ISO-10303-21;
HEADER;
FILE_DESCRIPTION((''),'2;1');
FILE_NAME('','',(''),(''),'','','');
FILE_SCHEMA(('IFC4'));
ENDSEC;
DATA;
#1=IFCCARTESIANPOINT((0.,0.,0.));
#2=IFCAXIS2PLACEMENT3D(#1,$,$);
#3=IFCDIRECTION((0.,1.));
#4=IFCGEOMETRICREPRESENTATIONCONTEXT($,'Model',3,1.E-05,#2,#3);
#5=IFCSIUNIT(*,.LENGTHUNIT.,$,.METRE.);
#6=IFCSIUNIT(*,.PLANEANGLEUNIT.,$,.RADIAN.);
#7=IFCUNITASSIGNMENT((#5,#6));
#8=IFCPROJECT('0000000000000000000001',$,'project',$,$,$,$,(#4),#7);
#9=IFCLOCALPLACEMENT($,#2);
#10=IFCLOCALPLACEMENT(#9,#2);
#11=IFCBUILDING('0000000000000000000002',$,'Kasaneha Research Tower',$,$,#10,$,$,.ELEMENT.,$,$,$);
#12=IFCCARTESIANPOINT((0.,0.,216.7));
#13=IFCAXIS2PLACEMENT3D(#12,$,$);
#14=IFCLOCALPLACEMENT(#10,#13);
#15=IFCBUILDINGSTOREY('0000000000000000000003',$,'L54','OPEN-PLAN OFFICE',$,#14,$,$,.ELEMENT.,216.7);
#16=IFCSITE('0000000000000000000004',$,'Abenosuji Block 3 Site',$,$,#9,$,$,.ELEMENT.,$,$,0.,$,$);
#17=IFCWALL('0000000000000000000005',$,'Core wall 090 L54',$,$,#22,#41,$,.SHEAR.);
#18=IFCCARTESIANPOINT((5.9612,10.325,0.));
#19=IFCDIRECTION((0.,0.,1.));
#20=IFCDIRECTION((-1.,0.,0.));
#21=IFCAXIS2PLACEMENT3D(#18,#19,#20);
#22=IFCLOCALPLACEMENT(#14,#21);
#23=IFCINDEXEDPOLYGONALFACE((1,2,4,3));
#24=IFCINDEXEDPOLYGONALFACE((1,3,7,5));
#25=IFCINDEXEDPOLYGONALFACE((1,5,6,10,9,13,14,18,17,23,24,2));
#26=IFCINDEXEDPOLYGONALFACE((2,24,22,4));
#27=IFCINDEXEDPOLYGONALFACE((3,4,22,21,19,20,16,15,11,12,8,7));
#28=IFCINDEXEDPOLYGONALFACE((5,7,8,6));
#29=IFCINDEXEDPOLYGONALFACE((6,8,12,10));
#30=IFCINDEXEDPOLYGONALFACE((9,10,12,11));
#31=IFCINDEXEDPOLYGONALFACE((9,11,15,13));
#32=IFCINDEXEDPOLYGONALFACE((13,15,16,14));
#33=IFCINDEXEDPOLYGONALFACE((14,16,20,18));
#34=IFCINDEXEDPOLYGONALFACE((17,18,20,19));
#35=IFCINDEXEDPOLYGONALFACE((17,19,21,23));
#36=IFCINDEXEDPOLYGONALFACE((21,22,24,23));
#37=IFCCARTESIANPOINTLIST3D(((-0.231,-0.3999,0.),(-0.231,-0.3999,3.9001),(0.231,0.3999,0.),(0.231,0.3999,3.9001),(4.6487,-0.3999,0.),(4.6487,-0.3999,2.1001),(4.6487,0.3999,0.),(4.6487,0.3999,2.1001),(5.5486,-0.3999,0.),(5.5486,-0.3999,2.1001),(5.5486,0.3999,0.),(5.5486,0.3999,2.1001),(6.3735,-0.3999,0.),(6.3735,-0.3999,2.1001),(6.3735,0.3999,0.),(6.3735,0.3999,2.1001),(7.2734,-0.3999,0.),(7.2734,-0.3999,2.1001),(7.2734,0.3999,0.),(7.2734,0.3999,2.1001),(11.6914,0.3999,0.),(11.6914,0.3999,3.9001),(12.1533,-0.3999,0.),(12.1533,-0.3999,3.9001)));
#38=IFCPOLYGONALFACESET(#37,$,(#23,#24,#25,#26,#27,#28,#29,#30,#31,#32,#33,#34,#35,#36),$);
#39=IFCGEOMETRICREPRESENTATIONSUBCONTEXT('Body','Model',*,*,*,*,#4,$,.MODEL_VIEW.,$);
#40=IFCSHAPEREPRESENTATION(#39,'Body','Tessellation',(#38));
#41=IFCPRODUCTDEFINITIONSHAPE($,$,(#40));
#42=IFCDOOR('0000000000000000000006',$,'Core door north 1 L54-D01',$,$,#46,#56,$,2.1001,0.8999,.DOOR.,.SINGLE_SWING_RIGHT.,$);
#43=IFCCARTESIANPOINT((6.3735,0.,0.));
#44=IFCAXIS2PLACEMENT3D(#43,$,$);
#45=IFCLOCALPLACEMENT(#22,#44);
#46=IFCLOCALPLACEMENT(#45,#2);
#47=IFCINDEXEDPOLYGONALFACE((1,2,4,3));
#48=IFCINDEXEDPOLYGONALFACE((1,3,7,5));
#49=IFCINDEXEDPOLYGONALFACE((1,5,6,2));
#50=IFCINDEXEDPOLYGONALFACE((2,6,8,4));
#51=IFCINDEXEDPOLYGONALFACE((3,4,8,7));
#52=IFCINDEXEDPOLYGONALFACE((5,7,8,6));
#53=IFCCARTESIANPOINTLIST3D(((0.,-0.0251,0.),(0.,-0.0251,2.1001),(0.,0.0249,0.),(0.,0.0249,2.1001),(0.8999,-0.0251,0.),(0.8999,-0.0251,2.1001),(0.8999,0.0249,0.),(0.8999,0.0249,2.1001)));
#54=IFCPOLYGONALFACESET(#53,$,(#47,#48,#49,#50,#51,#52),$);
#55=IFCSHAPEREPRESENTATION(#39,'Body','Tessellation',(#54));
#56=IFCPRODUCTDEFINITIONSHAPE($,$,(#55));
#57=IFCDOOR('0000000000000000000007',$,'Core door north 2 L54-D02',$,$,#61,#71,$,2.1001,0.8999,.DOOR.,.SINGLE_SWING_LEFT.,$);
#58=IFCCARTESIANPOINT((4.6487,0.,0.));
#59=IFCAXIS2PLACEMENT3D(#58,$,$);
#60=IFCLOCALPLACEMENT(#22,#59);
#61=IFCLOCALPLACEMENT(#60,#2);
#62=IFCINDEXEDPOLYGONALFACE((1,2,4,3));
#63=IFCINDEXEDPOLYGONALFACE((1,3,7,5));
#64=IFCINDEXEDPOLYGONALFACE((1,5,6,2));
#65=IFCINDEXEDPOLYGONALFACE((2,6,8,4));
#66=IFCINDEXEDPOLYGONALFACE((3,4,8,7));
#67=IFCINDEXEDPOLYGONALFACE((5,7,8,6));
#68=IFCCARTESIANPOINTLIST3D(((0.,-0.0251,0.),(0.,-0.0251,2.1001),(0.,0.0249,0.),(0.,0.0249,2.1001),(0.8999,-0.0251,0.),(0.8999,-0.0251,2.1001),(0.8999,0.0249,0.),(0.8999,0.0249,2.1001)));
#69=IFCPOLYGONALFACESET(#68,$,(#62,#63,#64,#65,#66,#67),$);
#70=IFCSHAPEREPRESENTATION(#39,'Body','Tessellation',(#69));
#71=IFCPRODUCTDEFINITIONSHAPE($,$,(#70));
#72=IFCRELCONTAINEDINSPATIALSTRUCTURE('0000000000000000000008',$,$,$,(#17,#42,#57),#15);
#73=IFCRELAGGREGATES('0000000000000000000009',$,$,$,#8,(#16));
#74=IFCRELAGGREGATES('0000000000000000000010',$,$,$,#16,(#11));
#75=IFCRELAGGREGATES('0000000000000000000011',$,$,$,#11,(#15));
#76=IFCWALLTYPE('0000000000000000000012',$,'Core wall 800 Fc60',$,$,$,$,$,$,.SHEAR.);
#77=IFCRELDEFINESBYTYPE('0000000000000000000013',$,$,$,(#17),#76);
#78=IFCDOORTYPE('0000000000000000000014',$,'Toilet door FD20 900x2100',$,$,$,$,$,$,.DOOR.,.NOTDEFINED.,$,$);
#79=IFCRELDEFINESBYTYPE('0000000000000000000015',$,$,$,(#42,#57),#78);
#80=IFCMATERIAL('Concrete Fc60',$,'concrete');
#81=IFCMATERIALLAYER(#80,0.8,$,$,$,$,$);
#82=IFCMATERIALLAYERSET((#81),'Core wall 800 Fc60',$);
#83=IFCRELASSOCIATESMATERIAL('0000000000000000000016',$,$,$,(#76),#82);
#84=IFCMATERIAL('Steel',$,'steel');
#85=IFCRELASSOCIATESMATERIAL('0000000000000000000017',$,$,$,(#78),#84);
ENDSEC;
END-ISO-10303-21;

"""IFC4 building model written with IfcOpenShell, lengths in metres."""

from ifc_helpers import new_model, si_unit, direction, frame, frame_2d, origin, place, context, subcontext, project, spatial, polyline, rectangle, outline, extrude, material, layer, layer_set, type_object, element, fill, save


model = new_model("IFC4")

# Units and contexts
model_context = context("Model", 3, precision=1e-05, world=origin(), true_north=direction((0.0, 1.0)))
body_context = subcontext(model_context, "Body", "Model", "MODEL_VIEW")
ifc_project = project(units=[si_unit("LENGTHUNIT", "METRE"), si_unit("PLANEANGLEUNIT", "RADIAN")], contexts=[model_context])

# Site, building, storey
site_placement = place(None, origin())
site = spatial("IfcSite", under=ifc_project, at=site_placement, Name="Abenosuji Block 3 Site", CompositionType="ELEMENT", RefElevation=0.0)
building_placement = place(site_placement, origin())
building = spatial("IfcBuilding", under=site, at=building_placement, Name="Kasaneha Research Tower", CompositionType="ELEMENT")
storey_placement = place(building_placement, frame((0.0, 0.0, 216.7)))
storey = spatial("IfcBuildingStorey", under=building, at=storey_placement, Name="L54", Description="OPEN-PLAN OFFICE", CompositionType="ELEMENT", Elevation=216.7)

# Wall, openings, doors
ifc_material_1 = material(Name="Concrete Fc60", Category="concrete")
ifc_layer_1 = layer(ifc_material_1, 0.8)
ifc_layer_set_1 = layer_set([ifc_layer_1], Name="Core wall 800 Fc60")
wall_type_1 = type_object("IfcWallType", Name="Core wall 800 Fc60", PredefinedType="SHEAR", material=ifc_layer_set_1)
wall_1_placement = place(storey_placement, frame((5.9612, 10.325, 0.0), z_axis=(0.0, 0.0, 1.0), x_axis=(-1.0, 0.0, 0.0)))
wall_1 = element("IfcWall", 1, at=wall_1_placement, inside=storey, type_object=wall_type_1, Name="Core wall 090 L54", PredefinedType="SHEAR", context=body_context, shape_type="SweptSolid", body=[
    extrude(outline(polyline([(-0.231, -0.3999), (4.6487, -0.3999), (5.5486, -0.3999), (6.3735, -0.3999), (7.2734, -0.3999), (12.1533, -0.3999), (11.6914, 0.3999), (7.2734, 0.3999), (6.3735, 0.3999), (5.5486, 0.3999), (4.6487, 0.3999), (0.231, 0.3999), (-0.231, -0.3999)])), origin(), (0.0, 0.0, 1.0), 3.9001),
])
opening_1_placement = place(wall_1_placement, frame((6.3735, 0.0, 0.0)))
opening_1 = element("IfcOpeningElement", 2, at=opening_1_placement, cuts=wall_1, PredefinedType="OPENING", context=body_context, shape_type="SweptSolid", body=[
    extrude(rectangle(XDim=0.8999, YDim=2.1001, at=frame_2d((0.45, 1.05))), frame((0.0, 0.4102, 0.0), z_axis=(0.0, -1.0, 0.0), x_axis=(1.0, 0.0, 0.0)), (0.0, 0.0, 1.0), 0.8201),
])
opening_2_placement = place(wall_1_placement, frame((4.6487, 0.0, 0.0)))
opening_2 = element("IfcOpeningElement", 3, at=opening_2_placement, cuts=wall_1, PredefinedType="OPENING", context=body_context, shape_type="SweptSolid", body=[
    extrude(rectangle(XDim=0.8999, YDim=2.1001, at=frame_2d((0.45, 1.05))), frame((0.0, 0.4102, 0.0), z_axis=(0.0, -1.0, 0.0), x_axis=(1.0, 0.0, 0.0)), (0.0, 0.0, 1.0), 0.8201),
])
ifc_material_2 = material(Name="Steel", Category="steel")
door_type_1 = type_object("IfcDoorType", Name="Toilet door FD20 900x2100", OperationType="NOTDEFINED", PredefinedType="DOOR", material=ifc_material_2)
door_1_placement = place(opening_1_placement, origin())
door_1 = element("IfcDoor", 4, at=door_1_placement, inside=storey, type_object=door_type_1, Name="Core door north 1 L54-D01", OperationType="SINGLE_SWING_RIGHT", OverallHeight=2.1001, OverallWidth=0.8999, PredefinedType="DOOR", context=body_context, shape_type="SweptSolid", body=[
    extrude(rectangle(XDim=0.8999, YDim=2.1001, at=frame_2d((0.45, 1.05))), frame((0.0, 0.0249, 0.0), z_axis=(0.0, -1.0, 0.0), x_axis=(1.0, 0.0, 0.0)), (0.0, 0.0, 1.0), 0.05),
])
fill(opening_1, door_1)
door_2_placement = place(opening_2_placement, origin())
door_2 = element("IfcDoor", 5, at=door_2_placement, inside=storey, type_object=door_type_1, Name="Core door north 2 L54-D02", OperationType="SINGLE_SWING_LEFT", OverallHeight=2.1001, OverallWidth=0.8999, PredefinedType="DOOR", context=body_context, shape_type="SweptSolid", body=[
    extrude(rectangle(XDim=0.8999, YDim=2.1001, at=frame_2d((0.45, 1.05))), frame((0.0, 0.0249, 0.0), z_axis=(0.0, -1.0, 0.0), x_axis=(1.0, 0.0, 0.0)), (0.0, 0.0, 1.0), 0.05),
])
fill(opening_2, door_2)

save(model, "model.ifc")
